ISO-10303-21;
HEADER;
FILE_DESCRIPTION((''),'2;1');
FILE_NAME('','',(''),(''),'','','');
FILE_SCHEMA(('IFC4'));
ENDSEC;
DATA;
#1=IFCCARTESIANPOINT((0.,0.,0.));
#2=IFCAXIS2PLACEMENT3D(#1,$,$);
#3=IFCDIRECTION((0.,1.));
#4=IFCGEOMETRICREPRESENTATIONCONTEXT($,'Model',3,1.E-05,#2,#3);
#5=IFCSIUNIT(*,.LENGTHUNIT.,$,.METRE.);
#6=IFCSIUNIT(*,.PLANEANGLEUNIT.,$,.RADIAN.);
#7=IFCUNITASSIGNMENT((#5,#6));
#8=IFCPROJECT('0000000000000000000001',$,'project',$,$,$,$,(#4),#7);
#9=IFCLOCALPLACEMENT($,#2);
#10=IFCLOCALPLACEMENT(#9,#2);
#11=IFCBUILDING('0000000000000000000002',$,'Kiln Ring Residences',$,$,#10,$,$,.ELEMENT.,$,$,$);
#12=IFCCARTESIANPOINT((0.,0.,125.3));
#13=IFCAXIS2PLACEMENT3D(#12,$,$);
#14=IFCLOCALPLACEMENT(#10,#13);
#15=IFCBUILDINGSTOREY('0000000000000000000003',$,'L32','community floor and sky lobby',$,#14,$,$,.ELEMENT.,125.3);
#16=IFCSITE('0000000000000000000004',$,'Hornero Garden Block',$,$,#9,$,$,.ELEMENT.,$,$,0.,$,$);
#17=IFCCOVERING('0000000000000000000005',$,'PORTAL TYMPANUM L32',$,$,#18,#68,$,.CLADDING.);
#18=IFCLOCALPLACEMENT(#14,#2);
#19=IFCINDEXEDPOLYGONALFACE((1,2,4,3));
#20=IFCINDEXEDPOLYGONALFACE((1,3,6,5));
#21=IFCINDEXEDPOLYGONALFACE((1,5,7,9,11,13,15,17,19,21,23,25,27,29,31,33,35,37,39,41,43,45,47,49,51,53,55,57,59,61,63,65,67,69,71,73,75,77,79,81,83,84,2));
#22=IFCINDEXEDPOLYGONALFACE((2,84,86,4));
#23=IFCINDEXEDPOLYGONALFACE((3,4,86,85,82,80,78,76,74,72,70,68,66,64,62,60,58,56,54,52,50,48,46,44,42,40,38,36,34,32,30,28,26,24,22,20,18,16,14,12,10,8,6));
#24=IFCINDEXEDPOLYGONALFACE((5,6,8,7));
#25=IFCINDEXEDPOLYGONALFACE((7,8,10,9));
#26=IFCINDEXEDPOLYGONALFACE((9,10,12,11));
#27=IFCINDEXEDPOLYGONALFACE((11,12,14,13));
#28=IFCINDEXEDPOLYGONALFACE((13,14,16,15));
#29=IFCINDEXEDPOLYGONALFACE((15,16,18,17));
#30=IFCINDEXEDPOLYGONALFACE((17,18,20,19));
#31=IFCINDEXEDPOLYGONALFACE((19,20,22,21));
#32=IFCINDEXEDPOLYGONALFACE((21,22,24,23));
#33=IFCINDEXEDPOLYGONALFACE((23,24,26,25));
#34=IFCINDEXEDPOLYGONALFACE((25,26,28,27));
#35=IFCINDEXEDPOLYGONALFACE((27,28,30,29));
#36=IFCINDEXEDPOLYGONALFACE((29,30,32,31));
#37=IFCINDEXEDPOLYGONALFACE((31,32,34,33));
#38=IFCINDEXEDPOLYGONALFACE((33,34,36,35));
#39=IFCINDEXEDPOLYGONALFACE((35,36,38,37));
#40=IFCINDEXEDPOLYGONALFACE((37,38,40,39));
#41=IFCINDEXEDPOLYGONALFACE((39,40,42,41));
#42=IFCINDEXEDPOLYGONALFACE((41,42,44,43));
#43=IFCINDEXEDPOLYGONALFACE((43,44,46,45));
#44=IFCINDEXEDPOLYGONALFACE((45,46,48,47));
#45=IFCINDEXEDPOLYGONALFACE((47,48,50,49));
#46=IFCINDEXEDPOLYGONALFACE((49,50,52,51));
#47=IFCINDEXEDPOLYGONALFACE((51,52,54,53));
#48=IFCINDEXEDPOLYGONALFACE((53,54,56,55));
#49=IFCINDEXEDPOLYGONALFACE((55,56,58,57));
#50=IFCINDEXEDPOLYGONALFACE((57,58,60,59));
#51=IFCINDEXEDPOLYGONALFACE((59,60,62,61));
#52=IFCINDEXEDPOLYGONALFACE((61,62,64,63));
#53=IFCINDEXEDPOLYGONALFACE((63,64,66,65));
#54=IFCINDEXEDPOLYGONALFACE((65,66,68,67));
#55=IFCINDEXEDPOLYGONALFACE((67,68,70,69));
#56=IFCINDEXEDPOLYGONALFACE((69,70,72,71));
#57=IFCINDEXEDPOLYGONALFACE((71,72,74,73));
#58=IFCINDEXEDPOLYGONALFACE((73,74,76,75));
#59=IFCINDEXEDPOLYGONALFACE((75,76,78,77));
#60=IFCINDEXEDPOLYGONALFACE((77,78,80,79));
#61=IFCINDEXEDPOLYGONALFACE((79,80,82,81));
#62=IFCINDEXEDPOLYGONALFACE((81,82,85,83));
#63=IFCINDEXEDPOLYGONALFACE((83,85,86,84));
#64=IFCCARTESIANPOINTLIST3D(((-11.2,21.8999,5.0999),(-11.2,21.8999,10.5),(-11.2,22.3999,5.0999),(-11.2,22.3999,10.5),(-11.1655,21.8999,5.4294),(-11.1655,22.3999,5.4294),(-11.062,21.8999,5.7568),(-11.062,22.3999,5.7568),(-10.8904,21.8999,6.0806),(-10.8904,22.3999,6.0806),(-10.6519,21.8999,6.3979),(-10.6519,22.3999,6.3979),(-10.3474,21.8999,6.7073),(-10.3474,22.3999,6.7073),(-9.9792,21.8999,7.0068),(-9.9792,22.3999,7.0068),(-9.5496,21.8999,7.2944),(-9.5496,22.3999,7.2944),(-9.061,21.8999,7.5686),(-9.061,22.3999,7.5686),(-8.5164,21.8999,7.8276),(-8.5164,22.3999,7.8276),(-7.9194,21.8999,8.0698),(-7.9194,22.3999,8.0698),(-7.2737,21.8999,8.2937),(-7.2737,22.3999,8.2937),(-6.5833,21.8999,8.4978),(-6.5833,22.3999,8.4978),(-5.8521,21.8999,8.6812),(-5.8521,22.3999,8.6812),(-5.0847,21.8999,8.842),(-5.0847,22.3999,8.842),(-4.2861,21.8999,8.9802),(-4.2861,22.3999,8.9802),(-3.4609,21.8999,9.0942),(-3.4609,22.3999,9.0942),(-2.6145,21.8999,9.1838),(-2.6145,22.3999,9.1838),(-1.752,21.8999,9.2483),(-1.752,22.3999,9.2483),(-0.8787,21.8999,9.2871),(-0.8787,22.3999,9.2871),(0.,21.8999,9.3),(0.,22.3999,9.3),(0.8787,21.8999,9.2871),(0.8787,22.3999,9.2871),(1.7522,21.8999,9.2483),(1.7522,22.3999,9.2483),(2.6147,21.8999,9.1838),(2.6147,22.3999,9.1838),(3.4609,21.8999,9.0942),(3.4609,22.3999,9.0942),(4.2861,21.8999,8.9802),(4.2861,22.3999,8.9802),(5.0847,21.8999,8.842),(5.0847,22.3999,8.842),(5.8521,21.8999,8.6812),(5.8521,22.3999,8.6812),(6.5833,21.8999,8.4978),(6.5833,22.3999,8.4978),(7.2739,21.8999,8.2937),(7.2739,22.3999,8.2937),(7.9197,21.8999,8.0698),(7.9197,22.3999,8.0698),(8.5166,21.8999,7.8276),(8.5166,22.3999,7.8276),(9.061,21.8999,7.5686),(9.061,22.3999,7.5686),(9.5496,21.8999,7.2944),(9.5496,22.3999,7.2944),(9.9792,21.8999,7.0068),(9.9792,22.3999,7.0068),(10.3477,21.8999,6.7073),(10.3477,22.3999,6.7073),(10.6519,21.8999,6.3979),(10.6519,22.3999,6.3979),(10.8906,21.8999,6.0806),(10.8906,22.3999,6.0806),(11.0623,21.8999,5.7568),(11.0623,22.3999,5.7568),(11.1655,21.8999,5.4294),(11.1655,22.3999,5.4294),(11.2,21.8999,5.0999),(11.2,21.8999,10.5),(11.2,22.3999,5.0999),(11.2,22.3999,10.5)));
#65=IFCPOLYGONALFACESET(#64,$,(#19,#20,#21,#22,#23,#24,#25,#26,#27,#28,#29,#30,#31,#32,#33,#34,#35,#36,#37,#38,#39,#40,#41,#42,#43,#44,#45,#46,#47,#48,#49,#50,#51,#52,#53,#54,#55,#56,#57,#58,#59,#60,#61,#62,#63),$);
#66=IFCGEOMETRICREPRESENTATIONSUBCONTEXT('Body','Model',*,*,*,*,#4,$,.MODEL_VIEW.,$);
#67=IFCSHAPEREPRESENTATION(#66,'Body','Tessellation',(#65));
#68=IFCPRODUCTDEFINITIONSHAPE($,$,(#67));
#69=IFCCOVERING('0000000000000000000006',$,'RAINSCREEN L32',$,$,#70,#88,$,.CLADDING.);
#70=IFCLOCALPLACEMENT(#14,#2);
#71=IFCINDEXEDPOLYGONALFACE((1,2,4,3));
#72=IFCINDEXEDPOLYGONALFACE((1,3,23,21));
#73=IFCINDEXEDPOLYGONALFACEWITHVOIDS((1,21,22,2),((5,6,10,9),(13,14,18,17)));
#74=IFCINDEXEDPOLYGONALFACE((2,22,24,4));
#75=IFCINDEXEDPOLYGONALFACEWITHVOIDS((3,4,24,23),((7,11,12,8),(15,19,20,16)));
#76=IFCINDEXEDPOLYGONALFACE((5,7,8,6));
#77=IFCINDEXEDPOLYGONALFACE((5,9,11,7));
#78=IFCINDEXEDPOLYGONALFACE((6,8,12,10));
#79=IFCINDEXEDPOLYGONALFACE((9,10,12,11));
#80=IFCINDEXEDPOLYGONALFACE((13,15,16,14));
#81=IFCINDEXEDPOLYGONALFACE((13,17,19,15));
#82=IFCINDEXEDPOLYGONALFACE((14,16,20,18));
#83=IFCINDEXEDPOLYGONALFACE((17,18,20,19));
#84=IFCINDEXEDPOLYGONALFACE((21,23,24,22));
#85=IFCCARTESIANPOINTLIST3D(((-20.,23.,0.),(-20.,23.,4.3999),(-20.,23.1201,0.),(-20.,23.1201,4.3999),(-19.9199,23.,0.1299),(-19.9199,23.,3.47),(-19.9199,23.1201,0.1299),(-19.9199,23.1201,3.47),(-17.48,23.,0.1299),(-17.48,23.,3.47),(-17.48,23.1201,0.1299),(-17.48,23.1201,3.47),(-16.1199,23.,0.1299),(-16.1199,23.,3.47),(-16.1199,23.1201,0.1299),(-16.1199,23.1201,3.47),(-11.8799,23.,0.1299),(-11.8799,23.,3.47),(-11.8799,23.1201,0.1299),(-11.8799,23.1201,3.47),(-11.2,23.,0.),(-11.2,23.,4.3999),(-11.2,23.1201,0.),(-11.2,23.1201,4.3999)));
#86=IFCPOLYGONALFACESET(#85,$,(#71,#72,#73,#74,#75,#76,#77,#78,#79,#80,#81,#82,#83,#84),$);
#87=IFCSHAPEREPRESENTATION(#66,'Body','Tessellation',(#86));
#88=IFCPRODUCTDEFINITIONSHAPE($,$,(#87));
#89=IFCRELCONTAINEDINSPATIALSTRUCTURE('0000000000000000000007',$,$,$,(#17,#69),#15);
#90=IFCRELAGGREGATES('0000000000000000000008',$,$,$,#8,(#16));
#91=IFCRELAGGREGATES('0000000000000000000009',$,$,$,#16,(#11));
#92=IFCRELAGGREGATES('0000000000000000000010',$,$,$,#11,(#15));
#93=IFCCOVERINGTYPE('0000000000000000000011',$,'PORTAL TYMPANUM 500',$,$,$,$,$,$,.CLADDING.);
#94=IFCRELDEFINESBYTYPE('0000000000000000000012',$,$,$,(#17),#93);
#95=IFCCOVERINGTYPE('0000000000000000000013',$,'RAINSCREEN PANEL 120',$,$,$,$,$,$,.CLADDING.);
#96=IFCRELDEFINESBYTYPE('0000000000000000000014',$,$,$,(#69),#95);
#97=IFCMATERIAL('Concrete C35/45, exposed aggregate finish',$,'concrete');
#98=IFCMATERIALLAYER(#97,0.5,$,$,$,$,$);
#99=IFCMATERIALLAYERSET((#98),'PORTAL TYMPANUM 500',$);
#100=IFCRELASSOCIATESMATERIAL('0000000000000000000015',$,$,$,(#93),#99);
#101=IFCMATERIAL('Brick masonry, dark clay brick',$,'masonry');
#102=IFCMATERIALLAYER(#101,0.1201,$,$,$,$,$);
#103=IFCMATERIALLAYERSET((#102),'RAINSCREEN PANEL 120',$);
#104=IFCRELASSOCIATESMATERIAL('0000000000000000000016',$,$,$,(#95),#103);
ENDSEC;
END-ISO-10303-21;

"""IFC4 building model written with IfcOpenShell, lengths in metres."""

from ifc_helpers import new_model, si_unit, direction, frame, origin, place, context, subcontext, project, spatial, polyline, outline, extrude, material, layer, layer_set, type_object, element, save


model = new_model("IFC4")

# Units and contexts
model_context = context("Model", 3, precision=1e-05, world=origin(), true_north=direction((0.0, 1.0)))
body_context = subcontext(model_context, "Body", "Model", "MODEL_VIEW")
ifc_project = project(units=[si_unit("LENGTHUNIT", "METRE"), si_unit("PLANEANGLEUNIT", "RADIAN")], contexts=[model_context])

# Site, building, storey
site_placement = place(None, origin())
site = spatial("IfcSite", under=ifc_project, at=site_placement, Name="Hornero Garden Block", CompositionType="ELEMENT", RefElevation=0.0)
building_placement = place(site_placement, origin())
building = spatial("IfcBuilding", under=site, at=building_placement, Name="Kiln Ring Residences", CompositionType="ELEMENT")
storey_placement = place(building_placement, frame((0.0, 0.0, 125.3)))
storey = spatial("IfcBuildingStorey", under=building, at=storey_placement, Name="L32", Description="community floor and sky lobby", CompositionType="ELEMENT", Elevation=125.3)

# Coverings
ifc_material_1 = material(Name="Concrete C35/45, exposed aggregate finish", Category="concrete")
ifc_layer_1 = layer(ifc_material_1, 0.5)
ifc_layer_set_1 = layer_set([ifc_layer_1], Name="PORTAL TYMPANUM 500")
covering_type_1 = type_object("IfcCoveringType", Name="PORTAL TYMPANUM 500", PredefinedType="CLADDING", material=ifc_layer_set_1)
covering_1_placement = place(storey_placement, frame((-11.2, 22.1499, 5.0999), z_axis=(0.0, 0.0, 1.0), x_axis=(1.0, 0.0, 0.0)))
element("IfcCovering", 1, at=covering_1_placement, inside=storey, type_object=covering_type_1, Name="PORTAL TYMPANUM L32", PredefinedType="CLADDING", context=body_context, shape_type="SweptSolid", body=[
    extrude(outline(polyline([(0.0, 0.0), (0.0, 5.4001), (22.3999, 5.4001), (22.3999, 0.0), (22.3655, 0.3296), (22.2622, 0.657), (22.0906, 0.9807), (21.8518, 1.2981), (21.5476, 1.6074), (21.1792, 1.907), (20.7495, 2.1946), (20.261, 2.4688), (19.7166, 2.7278), (19.1196, 2.97), (18.4739, 3.1938), (17.7832, 3.3979), (17.052, 3.5813), (16.2847, 3.7422), (15.4861, 3.8804), (14.6609, 3.9944), (13.8147, 4.084), (12.9521, 4.1484), (12.0786, 4.1873), (11.2, 4.2002), (10.3213, 4.1873), (9.448, 4.1484), (8.5854, 4.084), (7.739, 3.9944), (6.9138, 3.8804), (6.1152, 3.7422), (5.3479, 3.5813), (4.6167, 3.3979), (3.9263, 3.1938), (3.2805, 2.97), (2.6836, 2.7278), (2.1389, 2.4688), (1.6504, 2.1946), (1.2207, 1.907), (0.8525, 1.6074), (0.5481, 1.2981), (0.3096, 0.9807), (0.1379, 0.657), (0.0344, 0.3296), (0.0, 0.0)])), frame((0.0, 0.25, 0.0), z_axis=(0.0, -1.0, 0.0), x_axis=(1.0, 0.0, 0.0)), (0.0, 0.0, 1.0), 0.5),
])
ifc_material_2 = material(Name="Brick masonry, dark clay brick", Category="masonry")
ifc_layer_2 = layer(ifc_material_2, 0.1201)
ifc_layer_set_2 = layer_set([ifc_layer_2], Name="RAINSCREEN PANEL 120")
covering_type_2 = type_object("IfcCoveringType", Name="RAINSCREEN PANEL 120", PredefinedType="CLADDING", material=ifc_layer_set_2)
covering_2_placement = place(storey_placement, frame((-11.2, 23.0601, 0.0), z_axis=(0.0, 0.0, 1.0), x_axis=(-1.0, 0.0, 0.0)))
element("IfcCovering", 2, at=covering_2_placement, inside=storey, type_object=covering_type_2, Name="RAINSCREEN L32", PredefinedType="CLADDING", context=body_context, shape_type="SweptSolid", body=[
    extrude(outline(polyline([(0.0, 0.0), (8.8, 0.0), (8.8, 4.3999), (0.0, 4.3999), (0.0, 0.0)]), holes=[polyline([(4.9199, 3.47), (0.6799, 3.47), (0.6799, 0.1299), (4.9199, 0.1299), (4.9199, 3.47)]), polyline([(8.72, 3.47), (6.28, 3.47), (6.28, 0.1299), (8.72, 0.1299), (8.72, 3.47)])]), frame((0.0, 0.0601, 0.0), z_axis=(0.0, -1.0, 0.0), x_axis=(1.0, 0.0, 0.0)), (0.0, 0.0, 1.0), 0.1201),
])

save(model, "model.ifc")
